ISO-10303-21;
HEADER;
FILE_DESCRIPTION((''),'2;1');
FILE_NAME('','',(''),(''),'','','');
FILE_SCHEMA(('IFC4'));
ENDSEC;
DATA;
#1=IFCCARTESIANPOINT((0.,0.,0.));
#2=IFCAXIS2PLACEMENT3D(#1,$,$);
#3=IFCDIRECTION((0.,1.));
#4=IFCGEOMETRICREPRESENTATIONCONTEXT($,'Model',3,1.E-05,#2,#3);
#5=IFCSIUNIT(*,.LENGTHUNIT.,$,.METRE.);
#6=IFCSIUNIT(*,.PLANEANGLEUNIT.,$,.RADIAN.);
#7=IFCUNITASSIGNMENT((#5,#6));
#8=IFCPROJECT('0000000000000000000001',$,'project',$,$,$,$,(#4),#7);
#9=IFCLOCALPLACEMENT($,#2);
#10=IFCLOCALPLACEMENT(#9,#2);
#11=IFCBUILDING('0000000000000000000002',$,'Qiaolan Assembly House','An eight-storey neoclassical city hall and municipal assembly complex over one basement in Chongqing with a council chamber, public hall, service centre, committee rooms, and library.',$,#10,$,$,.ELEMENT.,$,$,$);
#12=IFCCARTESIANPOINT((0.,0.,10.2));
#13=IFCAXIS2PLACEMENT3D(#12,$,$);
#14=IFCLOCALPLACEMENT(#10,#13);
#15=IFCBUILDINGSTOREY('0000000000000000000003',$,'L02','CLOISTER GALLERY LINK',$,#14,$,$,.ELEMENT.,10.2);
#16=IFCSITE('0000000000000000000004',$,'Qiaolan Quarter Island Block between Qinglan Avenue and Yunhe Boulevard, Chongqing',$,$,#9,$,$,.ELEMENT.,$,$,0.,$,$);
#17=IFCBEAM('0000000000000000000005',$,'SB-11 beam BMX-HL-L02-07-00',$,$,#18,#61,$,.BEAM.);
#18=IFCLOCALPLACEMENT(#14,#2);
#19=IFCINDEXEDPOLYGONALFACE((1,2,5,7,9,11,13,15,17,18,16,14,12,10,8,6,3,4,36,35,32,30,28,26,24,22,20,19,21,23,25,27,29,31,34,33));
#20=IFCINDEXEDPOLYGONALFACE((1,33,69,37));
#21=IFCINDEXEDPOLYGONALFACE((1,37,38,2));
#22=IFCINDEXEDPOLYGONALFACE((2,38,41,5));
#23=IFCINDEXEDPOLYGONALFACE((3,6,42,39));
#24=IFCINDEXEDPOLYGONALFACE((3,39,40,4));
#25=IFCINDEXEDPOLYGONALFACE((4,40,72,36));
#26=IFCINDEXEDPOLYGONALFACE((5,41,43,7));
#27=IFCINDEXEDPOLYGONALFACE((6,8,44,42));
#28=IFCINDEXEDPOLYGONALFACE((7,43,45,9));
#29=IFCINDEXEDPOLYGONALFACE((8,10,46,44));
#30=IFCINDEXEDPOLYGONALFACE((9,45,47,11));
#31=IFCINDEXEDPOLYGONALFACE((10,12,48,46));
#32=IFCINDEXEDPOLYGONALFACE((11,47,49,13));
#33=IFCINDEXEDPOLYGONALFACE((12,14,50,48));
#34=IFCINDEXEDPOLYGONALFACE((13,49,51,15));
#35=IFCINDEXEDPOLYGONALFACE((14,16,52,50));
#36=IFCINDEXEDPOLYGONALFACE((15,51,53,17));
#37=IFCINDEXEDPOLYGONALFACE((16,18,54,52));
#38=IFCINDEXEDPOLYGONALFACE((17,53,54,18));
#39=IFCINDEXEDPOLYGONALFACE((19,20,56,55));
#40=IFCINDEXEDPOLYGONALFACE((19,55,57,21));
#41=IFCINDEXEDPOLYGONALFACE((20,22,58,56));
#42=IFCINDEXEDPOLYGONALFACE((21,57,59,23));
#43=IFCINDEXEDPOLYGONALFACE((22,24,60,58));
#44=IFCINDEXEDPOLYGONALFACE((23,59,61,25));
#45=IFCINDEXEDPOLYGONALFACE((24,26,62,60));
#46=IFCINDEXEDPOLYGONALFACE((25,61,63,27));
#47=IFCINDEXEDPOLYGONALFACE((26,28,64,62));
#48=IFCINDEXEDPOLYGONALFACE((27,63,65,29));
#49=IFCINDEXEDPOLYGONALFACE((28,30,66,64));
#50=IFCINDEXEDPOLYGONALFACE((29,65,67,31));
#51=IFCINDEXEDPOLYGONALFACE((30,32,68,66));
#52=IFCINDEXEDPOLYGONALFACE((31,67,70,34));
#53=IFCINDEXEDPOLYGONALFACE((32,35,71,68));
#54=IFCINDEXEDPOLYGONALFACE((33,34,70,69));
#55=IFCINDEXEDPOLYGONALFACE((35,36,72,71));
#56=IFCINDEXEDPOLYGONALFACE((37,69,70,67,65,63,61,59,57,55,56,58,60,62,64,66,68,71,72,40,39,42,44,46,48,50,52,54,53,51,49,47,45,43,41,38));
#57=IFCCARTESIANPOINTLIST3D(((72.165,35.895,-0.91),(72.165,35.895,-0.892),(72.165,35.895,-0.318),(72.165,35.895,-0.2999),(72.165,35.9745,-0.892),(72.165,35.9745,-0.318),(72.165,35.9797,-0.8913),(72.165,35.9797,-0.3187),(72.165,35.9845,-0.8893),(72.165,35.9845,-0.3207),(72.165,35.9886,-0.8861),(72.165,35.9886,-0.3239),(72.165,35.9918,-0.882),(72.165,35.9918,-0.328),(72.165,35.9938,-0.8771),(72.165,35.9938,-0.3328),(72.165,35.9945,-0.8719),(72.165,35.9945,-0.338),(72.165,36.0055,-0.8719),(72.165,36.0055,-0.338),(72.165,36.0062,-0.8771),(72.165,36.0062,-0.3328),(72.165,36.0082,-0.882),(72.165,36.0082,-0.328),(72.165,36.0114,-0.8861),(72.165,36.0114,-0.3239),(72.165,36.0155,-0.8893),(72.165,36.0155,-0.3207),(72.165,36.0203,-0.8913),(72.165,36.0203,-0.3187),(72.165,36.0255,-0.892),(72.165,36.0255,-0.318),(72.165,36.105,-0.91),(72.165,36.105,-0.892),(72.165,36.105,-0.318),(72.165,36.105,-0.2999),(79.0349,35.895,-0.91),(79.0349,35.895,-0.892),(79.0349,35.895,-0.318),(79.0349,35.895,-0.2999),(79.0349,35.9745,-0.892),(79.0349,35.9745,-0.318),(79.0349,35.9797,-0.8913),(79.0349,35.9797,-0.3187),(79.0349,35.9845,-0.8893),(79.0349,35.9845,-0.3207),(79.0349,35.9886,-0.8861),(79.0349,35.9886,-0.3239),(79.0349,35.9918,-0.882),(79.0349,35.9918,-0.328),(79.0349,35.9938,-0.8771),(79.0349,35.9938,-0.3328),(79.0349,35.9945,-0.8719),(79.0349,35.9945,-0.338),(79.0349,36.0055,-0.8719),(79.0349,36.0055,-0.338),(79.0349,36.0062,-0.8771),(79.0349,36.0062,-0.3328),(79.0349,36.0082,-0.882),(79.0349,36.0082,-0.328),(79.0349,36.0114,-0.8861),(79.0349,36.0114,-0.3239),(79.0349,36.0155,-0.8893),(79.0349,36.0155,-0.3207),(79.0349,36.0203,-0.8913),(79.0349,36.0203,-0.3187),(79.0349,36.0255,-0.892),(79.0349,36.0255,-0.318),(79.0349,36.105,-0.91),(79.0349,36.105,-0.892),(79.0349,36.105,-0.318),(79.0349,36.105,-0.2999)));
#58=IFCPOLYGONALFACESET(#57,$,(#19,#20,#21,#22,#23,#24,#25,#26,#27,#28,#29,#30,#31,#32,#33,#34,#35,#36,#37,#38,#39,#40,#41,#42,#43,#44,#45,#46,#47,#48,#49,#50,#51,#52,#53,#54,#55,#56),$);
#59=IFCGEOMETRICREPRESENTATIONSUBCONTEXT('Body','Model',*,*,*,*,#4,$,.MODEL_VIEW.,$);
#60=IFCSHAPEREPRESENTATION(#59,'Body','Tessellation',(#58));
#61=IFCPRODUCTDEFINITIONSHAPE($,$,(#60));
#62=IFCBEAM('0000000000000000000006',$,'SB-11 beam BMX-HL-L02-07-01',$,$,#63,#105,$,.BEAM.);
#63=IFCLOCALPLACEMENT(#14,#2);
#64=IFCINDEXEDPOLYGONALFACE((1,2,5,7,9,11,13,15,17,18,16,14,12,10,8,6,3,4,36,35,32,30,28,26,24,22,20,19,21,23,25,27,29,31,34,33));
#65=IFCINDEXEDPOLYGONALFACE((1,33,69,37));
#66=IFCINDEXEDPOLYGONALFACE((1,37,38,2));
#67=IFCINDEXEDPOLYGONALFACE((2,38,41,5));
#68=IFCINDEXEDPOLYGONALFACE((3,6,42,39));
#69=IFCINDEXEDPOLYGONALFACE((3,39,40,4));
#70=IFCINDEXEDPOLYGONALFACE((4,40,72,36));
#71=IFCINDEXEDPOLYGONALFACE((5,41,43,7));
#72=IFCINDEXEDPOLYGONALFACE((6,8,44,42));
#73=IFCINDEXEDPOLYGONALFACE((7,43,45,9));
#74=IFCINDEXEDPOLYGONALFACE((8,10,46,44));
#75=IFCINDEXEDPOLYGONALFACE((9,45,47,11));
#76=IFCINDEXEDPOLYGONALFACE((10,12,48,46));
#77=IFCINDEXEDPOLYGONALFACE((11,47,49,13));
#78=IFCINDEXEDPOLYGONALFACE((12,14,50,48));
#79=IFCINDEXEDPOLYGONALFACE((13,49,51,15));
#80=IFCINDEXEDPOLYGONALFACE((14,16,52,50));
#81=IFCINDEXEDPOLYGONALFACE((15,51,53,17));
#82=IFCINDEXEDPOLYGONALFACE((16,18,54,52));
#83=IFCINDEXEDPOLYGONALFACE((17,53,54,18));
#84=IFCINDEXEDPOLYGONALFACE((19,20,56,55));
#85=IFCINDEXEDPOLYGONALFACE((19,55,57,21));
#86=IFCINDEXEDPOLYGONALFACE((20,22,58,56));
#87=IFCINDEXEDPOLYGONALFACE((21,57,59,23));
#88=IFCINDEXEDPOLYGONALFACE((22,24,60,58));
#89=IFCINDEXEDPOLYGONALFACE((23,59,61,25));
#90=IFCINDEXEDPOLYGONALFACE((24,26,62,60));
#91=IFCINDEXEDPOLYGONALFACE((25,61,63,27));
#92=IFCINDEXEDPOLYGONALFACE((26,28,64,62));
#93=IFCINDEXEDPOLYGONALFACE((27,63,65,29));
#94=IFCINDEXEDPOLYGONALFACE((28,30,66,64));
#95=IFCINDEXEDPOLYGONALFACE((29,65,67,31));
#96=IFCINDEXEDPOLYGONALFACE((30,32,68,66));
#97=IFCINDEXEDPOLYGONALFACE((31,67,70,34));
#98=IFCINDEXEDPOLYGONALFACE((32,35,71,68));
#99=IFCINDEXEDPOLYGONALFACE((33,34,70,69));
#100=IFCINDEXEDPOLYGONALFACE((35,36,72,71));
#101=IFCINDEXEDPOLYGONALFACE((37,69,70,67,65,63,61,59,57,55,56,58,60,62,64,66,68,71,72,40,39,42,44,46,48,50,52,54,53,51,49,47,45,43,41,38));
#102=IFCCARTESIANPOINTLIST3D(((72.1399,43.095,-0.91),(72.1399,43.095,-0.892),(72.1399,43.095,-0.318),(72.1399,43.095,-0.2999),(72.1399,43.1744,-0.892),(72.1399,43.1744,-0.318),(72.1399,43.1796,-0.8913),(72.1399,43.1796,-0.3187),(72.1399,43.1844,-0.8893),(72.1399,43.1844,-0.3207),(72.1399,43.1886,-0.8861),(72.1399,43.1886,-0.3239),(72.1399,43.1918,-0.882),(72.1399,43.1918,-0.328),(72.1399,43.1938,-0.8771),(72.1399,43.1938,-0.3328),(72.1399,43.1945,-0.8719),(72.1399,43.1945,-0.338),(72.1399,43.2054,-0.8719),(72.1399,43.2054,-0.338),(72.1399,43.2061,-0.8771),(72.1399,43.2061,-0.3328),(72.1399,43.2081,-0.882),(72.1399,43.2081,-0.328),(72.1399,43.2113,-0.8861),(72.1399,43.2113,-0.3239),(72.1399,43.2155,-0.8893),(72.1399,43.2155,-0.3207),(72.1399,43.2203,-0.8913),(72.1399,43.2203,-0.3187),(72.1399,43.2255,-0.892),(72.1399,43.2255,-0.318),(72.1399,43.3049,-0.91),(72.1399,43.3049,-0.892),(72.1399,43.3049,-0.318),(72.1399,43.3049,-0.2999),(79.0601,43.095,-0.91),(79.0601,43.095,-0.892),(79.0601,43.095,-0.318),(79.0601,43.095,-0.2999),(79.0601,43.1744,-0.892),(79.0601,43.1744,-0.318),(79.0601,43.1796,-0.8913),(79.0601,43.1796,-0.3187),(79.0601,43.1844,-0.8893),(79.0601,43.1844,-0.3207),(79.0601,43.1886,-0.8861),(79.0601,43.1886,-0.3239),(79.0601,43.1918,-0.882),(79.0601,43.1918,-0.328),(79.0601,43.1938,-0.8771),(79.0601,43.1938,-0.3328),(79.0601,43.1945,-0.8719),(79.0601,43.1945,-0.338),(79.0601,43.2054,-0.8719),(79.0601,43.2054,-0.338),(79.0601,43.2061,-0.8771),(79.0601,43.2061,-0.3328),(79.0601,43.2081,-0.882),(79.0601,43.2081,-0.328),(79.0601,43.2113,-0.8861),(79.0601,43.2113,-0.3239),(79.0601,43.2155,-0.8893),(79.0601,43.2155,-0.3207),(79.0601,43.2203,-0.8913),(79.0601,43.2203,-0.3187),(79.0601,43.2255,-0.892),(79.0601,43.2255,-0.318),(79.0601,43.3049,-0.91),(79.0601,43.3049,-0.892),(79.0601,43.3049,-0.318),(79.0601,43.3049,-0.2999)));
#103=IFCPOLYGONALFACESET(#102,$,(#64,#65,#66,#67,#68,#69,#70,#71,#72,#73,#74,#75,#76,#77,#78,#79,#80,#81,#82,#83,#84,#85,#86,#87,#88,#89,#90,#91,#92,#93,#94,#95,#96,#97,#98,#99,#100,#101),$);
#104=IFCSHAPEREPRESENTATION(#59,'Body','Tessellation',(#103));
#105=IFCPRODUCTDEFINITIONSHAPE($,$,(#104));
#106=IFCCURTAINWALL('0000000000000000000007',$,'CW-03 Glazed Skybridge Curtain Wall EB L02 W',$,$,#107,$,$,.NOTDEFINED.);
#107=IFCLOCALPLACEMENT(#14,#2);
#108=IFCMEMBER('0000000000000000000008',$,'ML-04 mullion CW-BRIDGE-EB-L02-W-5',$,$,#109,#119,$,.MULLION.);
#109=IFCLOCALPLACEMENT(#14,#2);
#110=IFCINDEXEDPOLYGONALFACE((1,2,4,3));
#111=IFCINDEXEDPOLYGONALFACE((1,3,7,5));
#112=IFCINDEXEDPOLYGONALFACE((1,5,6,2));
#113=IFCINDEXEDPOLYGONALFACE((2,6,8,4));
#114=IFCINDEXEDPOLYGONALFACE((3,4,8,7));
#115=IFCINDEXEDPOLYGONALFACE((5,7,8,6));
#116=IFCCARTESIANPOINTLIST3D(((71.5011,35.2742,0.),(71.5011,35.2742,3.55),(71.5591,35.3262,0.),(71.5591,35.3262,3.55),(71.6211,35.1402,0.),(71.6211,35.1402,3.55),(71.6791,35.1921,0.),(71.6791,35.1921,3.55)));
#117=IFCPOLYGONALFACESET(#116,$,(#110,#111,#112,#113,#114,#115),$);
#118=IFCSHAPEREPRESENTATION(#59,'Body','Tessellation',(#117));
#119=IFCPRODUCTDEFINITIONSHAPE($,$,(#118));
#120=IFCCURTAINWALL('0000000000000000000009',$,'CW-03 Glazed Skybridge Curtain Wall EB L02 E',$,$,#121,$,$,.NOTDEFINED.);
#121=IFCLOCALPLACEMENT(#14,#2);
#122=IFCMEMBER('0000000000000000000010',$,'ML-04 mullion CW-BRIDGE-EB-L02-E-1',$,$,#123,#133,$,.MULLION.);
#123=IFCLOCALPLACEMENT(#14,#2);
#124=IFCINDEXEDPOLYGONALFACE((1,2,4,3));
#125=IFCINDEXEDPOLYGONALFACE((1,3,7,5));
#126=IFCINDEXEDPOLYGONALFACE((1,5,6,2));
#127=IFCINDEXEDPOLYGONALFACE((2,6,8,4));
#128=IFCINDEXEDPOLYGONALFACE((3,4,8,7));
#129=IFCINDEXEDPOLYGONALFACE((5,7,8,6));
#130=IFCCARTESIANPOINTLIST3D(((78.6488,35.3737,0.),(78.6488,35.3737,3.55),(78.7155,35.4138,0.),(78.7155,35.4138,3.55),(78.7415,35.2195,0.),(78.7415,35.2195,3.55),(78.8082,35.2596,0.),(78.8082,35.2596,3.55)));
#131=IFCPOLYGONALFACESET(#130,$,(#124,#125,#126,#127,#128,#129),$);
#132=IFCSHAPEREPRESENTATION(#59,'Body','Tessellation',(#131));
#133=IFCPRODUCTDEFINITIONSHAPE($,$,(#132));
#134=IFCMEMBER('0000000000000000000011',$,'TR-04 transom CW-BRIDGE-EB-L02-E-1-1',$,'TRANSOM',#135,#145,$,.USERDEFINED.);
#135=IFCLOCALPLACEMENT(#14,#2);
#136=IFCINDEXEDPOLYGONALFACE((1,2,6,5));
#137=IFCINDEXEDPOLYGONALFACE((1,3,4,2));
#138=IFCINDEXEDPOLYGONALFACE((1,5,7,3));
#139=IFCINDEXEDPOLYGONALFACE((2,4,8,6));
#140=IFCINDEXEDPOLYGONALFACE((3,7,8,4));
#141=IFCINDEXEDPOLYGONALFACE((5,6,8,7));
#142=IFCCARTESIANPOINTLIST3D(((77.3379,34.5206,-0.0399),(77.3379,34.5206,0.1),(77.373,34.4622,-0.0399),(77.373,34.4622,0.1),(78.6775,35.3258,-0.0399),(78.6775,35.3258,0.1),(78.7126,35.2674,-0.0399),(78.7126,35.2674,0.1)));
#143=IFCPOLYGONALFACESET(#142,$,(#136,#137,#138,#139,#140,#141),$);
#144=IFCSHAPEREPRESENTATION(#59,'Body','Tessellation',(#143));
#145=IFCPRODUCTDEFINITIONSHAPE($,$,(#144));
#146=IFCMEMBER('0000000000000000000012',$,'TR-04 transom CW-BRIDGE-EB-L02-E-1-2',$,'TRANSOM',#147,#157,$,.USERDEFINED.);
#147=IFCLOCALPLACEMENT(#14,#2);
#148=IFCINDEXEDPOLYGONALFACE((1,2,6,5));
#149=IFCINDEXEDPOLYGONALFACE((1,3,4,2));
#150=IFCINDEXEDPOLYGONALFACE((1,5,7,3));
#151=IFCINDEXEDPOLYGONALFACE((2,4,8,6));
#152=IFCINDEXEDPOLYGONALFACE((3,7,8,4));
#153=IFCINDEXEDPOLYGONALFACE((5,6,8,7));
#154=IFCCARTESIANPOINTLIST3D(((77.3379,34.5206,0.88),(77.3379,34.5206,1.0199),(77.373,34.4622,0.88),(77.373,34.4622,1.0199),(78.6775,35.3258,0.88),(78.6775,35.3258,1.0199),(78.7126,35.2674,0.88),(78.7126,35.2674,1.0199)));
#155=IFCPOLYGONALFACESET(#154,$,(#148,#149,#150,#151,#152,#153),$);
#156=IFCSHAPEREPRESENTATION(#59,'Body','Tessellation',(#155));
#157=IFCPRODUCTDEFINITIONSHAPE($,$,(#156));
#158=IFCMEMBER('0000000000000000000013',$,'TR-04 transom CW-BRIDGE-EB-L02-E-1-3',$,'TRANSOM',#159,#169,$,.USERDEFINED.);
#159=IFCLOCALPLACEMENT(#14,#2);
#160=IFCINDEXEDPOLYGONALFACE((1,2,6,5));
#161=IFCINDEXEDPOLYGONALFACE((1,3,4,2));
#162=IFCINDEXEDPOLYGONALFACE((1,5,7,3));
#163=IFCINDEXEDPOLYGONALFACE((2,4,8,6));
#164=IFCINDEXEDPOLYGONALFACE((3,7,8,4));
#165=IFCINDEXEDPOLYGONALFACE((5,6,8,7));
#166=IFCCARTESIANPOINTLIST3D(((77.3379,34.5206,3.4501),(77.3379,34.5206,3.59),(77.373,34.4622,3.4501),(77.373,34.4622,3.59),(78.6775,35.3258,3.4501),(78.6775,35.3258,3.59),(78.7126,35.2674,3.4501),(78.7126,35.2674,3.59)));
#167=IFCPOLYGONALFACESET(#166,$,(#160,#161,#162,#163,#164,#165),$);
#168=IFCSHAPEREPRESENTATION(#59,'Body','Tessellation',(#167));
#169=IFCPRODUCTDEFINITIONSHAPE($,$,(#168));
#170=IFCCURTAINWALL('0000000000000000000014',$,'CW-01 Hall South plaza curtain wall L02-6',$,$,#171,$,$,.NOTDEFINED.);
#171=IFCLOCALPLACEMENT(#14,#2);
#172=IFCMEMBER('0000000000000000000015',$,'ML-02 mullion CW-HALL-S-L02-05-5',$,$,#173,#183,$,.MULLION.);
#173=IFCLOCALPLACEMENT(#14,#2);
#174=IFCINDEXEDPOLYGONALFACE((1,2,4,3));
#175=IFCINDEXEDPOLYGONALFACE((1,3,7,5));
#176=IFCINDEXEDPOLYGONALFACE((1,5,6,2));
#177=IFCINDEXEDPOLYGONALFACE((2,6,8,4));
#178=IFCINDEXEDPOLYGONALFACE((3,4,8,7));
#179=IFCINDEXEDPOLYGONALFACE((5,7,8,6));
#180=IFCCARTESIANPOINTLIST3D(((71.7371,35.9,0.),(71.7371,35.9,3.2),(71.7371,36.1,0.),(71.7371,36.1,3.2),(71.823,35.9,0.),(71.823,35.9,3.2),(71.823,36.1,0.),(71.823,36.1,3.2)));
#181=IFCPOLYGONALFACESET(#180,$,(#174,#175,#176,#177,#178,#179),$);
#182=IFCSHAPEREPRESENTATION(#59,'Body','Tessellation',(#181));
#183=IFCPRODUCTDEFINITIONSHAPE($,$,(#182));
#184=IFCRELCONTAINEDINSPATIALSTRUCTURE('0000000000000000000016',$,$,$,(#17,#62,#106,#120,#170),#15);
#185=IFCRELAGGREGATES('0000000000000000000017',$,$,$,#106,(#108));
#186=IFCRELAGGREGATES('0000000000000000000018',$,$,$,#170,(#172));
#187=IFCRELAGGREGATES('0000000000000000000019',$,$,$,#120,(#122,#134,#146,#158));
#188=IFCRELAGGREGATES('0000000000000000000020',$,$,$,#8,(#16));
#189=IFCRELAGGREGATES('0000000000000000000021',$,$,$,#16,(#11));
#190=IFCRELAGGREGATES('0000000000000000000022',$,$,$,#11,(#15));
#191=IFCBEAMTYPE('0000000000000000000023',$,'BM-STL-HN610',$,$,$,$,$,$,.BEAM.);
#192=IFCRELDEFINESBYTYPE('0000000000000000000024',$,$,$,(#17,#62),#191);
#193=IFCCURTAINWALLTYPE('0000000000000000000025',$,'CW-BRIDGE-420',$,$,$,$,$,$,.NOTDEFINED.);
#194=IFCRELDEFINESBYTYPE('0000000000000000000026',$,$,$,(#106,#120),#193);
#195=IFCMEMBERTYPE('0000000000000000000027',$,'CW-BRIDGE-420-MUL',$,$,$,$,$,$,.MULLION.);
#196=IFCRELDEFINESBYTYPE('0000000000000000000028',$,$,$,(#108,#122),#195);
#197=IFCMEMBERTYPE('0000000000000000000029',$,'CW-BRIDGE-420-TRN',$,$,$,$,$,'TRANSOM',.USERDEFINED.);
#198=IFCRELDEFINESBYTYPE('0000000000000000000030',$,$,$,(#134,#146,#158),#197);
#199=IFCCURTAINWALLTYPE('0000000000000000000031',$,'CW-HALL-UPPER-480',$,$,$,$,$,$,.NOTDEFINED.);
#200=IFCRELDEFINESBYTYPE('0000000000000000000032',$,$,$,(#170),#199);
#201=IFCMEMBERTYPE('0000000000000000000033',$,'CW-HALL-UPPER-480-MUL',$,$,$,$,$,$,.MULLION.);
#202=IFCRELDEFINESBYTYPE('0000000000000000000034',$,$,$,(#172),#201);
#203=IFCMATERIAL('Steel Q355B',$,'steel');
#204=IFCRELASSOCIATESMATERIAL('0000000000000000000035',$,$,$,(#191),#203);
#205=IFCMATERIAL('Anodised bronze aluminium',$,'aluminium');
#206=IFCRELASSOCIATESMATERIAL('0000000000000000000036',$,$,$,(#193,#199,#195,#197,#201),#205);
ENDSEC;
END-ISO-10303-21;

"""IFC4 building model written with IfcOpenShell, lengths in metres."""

from ifc_helpers import new_model, si_unit, direction, frame, origin, origin_2d, place, context, subcontext, project, spatial, rectangle, i_section, extrude, material, material_profile, profile_set, type_object, element, aggregate, save


model = new_model("IFC4")

# Units and contexts
model_context = context("Model", 3, precision=1e-05, world=origin(), true_north=direction((0.0, 1.0)))
body_context = subcontext(model_context, "Body", "Model", "MODEL_VIEW")
ifc_project = project(units=[si_unit("LENGTHUNIT", "METRE"), si_unit("PLANEANGLEUNIT", "RADIAN")], contexts=[model_context])

# Site, building, storey
site_placement = place(None, origin())
site = spatial("IfcSite", under=ifc_project, at=site_placement, Name="Qiaolan Quarter Island Block between Qinglan Avenue and Yunhe Boulevard, Chongqing", CompositionType="ELEMENT", RefElevation=0.0)
building_placement = place(site_placement, origin())
building = spatial("IfcBuilding", under=site, at=building_placement, Name="Qiaolan Assembly House", Description="An eight-storey neoclassical city hall and municipal assembly complex over one basement in Chongqing with a council chamber, public hall, service centre, committee rooms, and library.", CompositionType="ELEMENT")
storey_placement = place(building_placement, frame((0.0, 0.0, 10.2)))
storey = spatial("IfcBuildingStorey", under=building, at=storey_placement, Name="L02", Description="CLOISTER GALLERY LINK", CompositionType="ELEMENT", Elevation=10.2)

# Shared definitions
ifc_material_1 = material(Name="Steel Q355B", Category="steel")

# Beams
ifc_material_profile_1 = material_profile(ifc_material_1, i_section(OverallWidth=0.21, OverallDepth=0.6101, WebThickness=0.011, FlangeThickness=0.0181, FilletRadius=0.02, at=origin_2d()), Name="HN 610x210x11x18")
ifc_profile_set_1 = profile_set([ifc_material_profile_1], Name="Steel Q355B")
beam_type_1 = type_object("IfcBeamType", Name="BM-STL-HN610", PredefinedType="BEAM", material=ifc_profile_set_1)
beam_1_placement = place(storey_placement, frame((72.165, 36.0, -0.605), z_axis=(1.0, 0.0, 0.0), x_axis=(0.0, 1.0, 0.0)))
element("IfcBeam", 1, at=beam_1_placement, inside=storey, type_object=beam_type_1, Name="SB-11 beam BMX-HL-L02-07-00", PredefinedType="BEAM", context=body_context, shape_type="SweptSolid", body=[
    extrude(i_section(OverallWidth=0.21, OverallDepth=0.6101, WebThickness=0.011, FlangeThickness=0.0181, FilletRadius=0.02, at=origin_2d()), origin(), (0.0, 0.0, 1.0), 6.8699),
])
beam_2_placement = place(storey_placement, frame((72.1399, 43.2, -0.605), z_axis=(1.0, 0.0, 0.0), x_axis=(0.0, 1.0, 0.0)))
element("IfcBeam", 2, at=beam_2_placement, inside=storey, type_object=beam_type_1, Name="SB-11 beam BMX-HL-L02-07-01", PredefinedType="BEAM", context=body_context, shape_type="SweptSolid", body=[
    extrude(i_section(OverallWidth=0.21, OverallDepth=0.6101, WebThickness=0.011, FlangeThickness=0.0181, FilletRadius=0.02, at=origin_2d()), origin(), (0.0, 0.0, 1.0), 6.9202),
])

# Curtain wall, member
ifc_material_2 = material(Name="Anodised bronze aluminium", Category="aluminium")
curtain_wall_type_1 = type_object("IfcCurtainWallType", Name="CW-BRIDGE-420", PredefinedType="NOTDEFINED", material=ifc_material_2)
curtain_wall_1_placement = place(storey_placement, origin())
curtain_wall_1 = element("IfcCurtainWall", 3, at=curtain_wall_1_placement, inside=storey, type_object=curtain_wall_type_1, Name="CW-03 Glazed Skybridge Curtain Wall EB L02 W", PredefinedType="NOTDEFINED")
ifc_material_profile_2 = material_profile(ifc_material_2, rectangle(XDim=0.0779, YDim=0.1799, at=origin_2d()), Name="MUL 78x180")
ifc_profile_set_2 = profile_set([ifc_material_profile_2], Name="Anodised bronze aluminium")
member_type_1 = type_object("IfcMemberType", Name="CW-BRIDGE-420-MUL", PredefinedType="MULLION", material=ifc_profile_set_2)
member_1_placement = place(storey_placement, frame((71.5901, 35.2332, 0.0), z_axis=(0.0, 0.0, 1.0), x_axis=(0.745038, 0.667022, 0.0)))
member_1 = element("IfcMember", 4, at=member_1_placement, type_object=member_type_1, Name="ML-04 mullion CW-BRIDGE-EB-L02-W-5", PredefinedType="MULLION", context=body_context, shape_type="SweptSolid", body=[
    extrude(rectangle(XDim=0.0779, YDim=0.1799, at=origin_2d()), origin(), (0.0, 0.0, 1.0), 3.55),
])
aggregate(curtain_wall_1, [member_1])

# Curtain wall, members
curtain_wall_2_placement = place(storey_placement, origin())
curtain_wall_2 = element("IfcCurtainWall", 5, at=curtain_wall_2_placement, inside=storey, type_object=curtain_wall_type_1, Name="CW-03 Glazed Skybridge Curtain Wall EB L02 E", PredefinedType="NOTDEFINED")
member_2_placement = place(storey_placement, frame((78.7285, 35.3167, 0.0), z_axis=(0.0, 0.0, 1.0), x_axis=(-0.85712, -0.515117, 0.0)))
member_2 = element("IfcMember", 6, at=member_2_placement, type_object=member_type_1, Name="ML-04 mullion CW-BRIDGE-EB-L02-E-1", PredefinedType="MULLION", context=body_context, shape_type="SweptSolid", body=[
    extrude(rectangle(XDim=0.0779, YDim=0.1799, at=origin_2d()), origin(), (0.0, 0.0, 1.0), 3.55),
])
ifc_material_profile_3 = material_profile(ifc_material_2, rectangle(XDim=0.0681, YDim=0.1399, at=origin_2d()), Name="TRN 68x140")
ifc_profile_set_3 = profile_set([ifc_material_profile_3], Name="Anodised bronze aluminium")
member_type_2 = type_object("IfcMemberType", Name="CW-BRIDGE-420-TRN", ElementType="TRANSOM", PredefinedType="USERDEFINED", material=ifc_profile_set_3)
member_3_placement = place(storey_placement, frame((78.6951, 35.2966, 0.03), z_axis=(-0.857093, -0.515162, 0.0), x_axis=(0.515162, -0.857093, 0.0)))
member_3 = element("IfcMember", 7, at=member_3_placement, type_object=member_type_2, Name="TR-04 transom CW-BRIDGE-EB-L02-E-1-1", ObjectType="TRANSOM", PredefinedType="USERDEFINED", context=body_context, shape_type="SweptSolid", body=[
    extrude(rectangle(XDim=0.0681, YDim=0.1399, at=origin_2d()), origin(), (0.0, 0.0, 1.0), 1.563),
])
member_4_placement = place(storey_placement, frame((78.6951, 35.2966, 0.95), z_axis=(-0.857093, -0.515162, 0.0), x_axis=(0.515162, -0.857093, 0.0)))
member_4 = element("IfcMember", 8, at=member_4_placement, type_object=member_type_2, Name="TR-04 transom CW-BRIDGE-EB-L02-E-1-2", ObjectType="TRANSOM", PredefinedType="USERDEFINED", context=body_context, shape_type="SweptSolid", body=[
    extrude(rectangle(XDim=0.0681, YDim=0.1399, at=origin_2d()), origin(), (0.0, 0.0, 1.0), 1.563),
])
member_5_placement = place(storey_placement, frame((78.6951, 35.2966, 3.52), z_axis=(-0.857093, -0.515162, 0.0), x_axis=(0.515162, -0.857093, 0.0)))
member_5 = element("IfcMember", 9, at=member_5_placement, type_object=member_type_2, Name="TR-04 transom CW-BRIDGE-EB-L02-E-1-3", ObjectType="TRANSOM", PredefinedType="USERDEFINED", context=body_context, shape_type="SweptSolid", body=[
    extrude(rectangle(XDim=0.0681, YDim=0.1399, at=origin_2d()), origin(), (0.0, 0.0, 1.0), 1.563),
])

# Curtain wall, member
curtain_wall_type_2 = type_object("IfcCurtainWallType", Name="CW-HALL-UPPER-480", PredefinedType="NOTDEFINED", material=ifc_material_2)
curtain_wall_3_placement = place(storey_placement, origin())
curtain_wall_3 = element("IfcCurtainWall", 10, at=curtain_wall_3_placement, inside=storey, type_object=curtain_wall_type_2, Name="CW-01 Hall South plaza curtain wall L02-6", PredefinedType="NOTDEFINED")
ifc_material_profile_4 = material_profile(ifc_material_2, rectangle(XDim=0.0859, YDim=0.2, at=origin_2d()), Name="MUL 86x200")
ifc_profile_set_4 = profile_set([ifc_material_profile_4], Name="Anodised bronze aluminium")
member_type_3 = type_object("IfcMemberType", Name="CW-HALL-UPPER-480-MUL", PredefinedType="MULLION", material=ifc_profile_set_4)
member_6_placement = place(storey_placement, frame((71.78, 36.0, 0.0), z_axis=(0.0, 0.0, 1.0), x_axis=(1.0, 0.0, 0.0)))
member_6 = element("IfcMember", 11, at=member_6_placement, type_object=member_type_3, Name="ML-02 mullion CW-HALL-S-L02-05-5", PredefinedType="MULLION", context=body_context, shape_type="SweptSolid", body=[
    extrude(rectangle(XDim=0.0859, YDim=0.2, at=origin_2d()), origin(), (0.0, 0.0, 1.0), 3.2),
])
aggregate(curtain_wall_3, [member_6])

aggregate(curtain_wall_2, [member_2, member_3, member_4, member_5])

save(model, "model.ifc")
